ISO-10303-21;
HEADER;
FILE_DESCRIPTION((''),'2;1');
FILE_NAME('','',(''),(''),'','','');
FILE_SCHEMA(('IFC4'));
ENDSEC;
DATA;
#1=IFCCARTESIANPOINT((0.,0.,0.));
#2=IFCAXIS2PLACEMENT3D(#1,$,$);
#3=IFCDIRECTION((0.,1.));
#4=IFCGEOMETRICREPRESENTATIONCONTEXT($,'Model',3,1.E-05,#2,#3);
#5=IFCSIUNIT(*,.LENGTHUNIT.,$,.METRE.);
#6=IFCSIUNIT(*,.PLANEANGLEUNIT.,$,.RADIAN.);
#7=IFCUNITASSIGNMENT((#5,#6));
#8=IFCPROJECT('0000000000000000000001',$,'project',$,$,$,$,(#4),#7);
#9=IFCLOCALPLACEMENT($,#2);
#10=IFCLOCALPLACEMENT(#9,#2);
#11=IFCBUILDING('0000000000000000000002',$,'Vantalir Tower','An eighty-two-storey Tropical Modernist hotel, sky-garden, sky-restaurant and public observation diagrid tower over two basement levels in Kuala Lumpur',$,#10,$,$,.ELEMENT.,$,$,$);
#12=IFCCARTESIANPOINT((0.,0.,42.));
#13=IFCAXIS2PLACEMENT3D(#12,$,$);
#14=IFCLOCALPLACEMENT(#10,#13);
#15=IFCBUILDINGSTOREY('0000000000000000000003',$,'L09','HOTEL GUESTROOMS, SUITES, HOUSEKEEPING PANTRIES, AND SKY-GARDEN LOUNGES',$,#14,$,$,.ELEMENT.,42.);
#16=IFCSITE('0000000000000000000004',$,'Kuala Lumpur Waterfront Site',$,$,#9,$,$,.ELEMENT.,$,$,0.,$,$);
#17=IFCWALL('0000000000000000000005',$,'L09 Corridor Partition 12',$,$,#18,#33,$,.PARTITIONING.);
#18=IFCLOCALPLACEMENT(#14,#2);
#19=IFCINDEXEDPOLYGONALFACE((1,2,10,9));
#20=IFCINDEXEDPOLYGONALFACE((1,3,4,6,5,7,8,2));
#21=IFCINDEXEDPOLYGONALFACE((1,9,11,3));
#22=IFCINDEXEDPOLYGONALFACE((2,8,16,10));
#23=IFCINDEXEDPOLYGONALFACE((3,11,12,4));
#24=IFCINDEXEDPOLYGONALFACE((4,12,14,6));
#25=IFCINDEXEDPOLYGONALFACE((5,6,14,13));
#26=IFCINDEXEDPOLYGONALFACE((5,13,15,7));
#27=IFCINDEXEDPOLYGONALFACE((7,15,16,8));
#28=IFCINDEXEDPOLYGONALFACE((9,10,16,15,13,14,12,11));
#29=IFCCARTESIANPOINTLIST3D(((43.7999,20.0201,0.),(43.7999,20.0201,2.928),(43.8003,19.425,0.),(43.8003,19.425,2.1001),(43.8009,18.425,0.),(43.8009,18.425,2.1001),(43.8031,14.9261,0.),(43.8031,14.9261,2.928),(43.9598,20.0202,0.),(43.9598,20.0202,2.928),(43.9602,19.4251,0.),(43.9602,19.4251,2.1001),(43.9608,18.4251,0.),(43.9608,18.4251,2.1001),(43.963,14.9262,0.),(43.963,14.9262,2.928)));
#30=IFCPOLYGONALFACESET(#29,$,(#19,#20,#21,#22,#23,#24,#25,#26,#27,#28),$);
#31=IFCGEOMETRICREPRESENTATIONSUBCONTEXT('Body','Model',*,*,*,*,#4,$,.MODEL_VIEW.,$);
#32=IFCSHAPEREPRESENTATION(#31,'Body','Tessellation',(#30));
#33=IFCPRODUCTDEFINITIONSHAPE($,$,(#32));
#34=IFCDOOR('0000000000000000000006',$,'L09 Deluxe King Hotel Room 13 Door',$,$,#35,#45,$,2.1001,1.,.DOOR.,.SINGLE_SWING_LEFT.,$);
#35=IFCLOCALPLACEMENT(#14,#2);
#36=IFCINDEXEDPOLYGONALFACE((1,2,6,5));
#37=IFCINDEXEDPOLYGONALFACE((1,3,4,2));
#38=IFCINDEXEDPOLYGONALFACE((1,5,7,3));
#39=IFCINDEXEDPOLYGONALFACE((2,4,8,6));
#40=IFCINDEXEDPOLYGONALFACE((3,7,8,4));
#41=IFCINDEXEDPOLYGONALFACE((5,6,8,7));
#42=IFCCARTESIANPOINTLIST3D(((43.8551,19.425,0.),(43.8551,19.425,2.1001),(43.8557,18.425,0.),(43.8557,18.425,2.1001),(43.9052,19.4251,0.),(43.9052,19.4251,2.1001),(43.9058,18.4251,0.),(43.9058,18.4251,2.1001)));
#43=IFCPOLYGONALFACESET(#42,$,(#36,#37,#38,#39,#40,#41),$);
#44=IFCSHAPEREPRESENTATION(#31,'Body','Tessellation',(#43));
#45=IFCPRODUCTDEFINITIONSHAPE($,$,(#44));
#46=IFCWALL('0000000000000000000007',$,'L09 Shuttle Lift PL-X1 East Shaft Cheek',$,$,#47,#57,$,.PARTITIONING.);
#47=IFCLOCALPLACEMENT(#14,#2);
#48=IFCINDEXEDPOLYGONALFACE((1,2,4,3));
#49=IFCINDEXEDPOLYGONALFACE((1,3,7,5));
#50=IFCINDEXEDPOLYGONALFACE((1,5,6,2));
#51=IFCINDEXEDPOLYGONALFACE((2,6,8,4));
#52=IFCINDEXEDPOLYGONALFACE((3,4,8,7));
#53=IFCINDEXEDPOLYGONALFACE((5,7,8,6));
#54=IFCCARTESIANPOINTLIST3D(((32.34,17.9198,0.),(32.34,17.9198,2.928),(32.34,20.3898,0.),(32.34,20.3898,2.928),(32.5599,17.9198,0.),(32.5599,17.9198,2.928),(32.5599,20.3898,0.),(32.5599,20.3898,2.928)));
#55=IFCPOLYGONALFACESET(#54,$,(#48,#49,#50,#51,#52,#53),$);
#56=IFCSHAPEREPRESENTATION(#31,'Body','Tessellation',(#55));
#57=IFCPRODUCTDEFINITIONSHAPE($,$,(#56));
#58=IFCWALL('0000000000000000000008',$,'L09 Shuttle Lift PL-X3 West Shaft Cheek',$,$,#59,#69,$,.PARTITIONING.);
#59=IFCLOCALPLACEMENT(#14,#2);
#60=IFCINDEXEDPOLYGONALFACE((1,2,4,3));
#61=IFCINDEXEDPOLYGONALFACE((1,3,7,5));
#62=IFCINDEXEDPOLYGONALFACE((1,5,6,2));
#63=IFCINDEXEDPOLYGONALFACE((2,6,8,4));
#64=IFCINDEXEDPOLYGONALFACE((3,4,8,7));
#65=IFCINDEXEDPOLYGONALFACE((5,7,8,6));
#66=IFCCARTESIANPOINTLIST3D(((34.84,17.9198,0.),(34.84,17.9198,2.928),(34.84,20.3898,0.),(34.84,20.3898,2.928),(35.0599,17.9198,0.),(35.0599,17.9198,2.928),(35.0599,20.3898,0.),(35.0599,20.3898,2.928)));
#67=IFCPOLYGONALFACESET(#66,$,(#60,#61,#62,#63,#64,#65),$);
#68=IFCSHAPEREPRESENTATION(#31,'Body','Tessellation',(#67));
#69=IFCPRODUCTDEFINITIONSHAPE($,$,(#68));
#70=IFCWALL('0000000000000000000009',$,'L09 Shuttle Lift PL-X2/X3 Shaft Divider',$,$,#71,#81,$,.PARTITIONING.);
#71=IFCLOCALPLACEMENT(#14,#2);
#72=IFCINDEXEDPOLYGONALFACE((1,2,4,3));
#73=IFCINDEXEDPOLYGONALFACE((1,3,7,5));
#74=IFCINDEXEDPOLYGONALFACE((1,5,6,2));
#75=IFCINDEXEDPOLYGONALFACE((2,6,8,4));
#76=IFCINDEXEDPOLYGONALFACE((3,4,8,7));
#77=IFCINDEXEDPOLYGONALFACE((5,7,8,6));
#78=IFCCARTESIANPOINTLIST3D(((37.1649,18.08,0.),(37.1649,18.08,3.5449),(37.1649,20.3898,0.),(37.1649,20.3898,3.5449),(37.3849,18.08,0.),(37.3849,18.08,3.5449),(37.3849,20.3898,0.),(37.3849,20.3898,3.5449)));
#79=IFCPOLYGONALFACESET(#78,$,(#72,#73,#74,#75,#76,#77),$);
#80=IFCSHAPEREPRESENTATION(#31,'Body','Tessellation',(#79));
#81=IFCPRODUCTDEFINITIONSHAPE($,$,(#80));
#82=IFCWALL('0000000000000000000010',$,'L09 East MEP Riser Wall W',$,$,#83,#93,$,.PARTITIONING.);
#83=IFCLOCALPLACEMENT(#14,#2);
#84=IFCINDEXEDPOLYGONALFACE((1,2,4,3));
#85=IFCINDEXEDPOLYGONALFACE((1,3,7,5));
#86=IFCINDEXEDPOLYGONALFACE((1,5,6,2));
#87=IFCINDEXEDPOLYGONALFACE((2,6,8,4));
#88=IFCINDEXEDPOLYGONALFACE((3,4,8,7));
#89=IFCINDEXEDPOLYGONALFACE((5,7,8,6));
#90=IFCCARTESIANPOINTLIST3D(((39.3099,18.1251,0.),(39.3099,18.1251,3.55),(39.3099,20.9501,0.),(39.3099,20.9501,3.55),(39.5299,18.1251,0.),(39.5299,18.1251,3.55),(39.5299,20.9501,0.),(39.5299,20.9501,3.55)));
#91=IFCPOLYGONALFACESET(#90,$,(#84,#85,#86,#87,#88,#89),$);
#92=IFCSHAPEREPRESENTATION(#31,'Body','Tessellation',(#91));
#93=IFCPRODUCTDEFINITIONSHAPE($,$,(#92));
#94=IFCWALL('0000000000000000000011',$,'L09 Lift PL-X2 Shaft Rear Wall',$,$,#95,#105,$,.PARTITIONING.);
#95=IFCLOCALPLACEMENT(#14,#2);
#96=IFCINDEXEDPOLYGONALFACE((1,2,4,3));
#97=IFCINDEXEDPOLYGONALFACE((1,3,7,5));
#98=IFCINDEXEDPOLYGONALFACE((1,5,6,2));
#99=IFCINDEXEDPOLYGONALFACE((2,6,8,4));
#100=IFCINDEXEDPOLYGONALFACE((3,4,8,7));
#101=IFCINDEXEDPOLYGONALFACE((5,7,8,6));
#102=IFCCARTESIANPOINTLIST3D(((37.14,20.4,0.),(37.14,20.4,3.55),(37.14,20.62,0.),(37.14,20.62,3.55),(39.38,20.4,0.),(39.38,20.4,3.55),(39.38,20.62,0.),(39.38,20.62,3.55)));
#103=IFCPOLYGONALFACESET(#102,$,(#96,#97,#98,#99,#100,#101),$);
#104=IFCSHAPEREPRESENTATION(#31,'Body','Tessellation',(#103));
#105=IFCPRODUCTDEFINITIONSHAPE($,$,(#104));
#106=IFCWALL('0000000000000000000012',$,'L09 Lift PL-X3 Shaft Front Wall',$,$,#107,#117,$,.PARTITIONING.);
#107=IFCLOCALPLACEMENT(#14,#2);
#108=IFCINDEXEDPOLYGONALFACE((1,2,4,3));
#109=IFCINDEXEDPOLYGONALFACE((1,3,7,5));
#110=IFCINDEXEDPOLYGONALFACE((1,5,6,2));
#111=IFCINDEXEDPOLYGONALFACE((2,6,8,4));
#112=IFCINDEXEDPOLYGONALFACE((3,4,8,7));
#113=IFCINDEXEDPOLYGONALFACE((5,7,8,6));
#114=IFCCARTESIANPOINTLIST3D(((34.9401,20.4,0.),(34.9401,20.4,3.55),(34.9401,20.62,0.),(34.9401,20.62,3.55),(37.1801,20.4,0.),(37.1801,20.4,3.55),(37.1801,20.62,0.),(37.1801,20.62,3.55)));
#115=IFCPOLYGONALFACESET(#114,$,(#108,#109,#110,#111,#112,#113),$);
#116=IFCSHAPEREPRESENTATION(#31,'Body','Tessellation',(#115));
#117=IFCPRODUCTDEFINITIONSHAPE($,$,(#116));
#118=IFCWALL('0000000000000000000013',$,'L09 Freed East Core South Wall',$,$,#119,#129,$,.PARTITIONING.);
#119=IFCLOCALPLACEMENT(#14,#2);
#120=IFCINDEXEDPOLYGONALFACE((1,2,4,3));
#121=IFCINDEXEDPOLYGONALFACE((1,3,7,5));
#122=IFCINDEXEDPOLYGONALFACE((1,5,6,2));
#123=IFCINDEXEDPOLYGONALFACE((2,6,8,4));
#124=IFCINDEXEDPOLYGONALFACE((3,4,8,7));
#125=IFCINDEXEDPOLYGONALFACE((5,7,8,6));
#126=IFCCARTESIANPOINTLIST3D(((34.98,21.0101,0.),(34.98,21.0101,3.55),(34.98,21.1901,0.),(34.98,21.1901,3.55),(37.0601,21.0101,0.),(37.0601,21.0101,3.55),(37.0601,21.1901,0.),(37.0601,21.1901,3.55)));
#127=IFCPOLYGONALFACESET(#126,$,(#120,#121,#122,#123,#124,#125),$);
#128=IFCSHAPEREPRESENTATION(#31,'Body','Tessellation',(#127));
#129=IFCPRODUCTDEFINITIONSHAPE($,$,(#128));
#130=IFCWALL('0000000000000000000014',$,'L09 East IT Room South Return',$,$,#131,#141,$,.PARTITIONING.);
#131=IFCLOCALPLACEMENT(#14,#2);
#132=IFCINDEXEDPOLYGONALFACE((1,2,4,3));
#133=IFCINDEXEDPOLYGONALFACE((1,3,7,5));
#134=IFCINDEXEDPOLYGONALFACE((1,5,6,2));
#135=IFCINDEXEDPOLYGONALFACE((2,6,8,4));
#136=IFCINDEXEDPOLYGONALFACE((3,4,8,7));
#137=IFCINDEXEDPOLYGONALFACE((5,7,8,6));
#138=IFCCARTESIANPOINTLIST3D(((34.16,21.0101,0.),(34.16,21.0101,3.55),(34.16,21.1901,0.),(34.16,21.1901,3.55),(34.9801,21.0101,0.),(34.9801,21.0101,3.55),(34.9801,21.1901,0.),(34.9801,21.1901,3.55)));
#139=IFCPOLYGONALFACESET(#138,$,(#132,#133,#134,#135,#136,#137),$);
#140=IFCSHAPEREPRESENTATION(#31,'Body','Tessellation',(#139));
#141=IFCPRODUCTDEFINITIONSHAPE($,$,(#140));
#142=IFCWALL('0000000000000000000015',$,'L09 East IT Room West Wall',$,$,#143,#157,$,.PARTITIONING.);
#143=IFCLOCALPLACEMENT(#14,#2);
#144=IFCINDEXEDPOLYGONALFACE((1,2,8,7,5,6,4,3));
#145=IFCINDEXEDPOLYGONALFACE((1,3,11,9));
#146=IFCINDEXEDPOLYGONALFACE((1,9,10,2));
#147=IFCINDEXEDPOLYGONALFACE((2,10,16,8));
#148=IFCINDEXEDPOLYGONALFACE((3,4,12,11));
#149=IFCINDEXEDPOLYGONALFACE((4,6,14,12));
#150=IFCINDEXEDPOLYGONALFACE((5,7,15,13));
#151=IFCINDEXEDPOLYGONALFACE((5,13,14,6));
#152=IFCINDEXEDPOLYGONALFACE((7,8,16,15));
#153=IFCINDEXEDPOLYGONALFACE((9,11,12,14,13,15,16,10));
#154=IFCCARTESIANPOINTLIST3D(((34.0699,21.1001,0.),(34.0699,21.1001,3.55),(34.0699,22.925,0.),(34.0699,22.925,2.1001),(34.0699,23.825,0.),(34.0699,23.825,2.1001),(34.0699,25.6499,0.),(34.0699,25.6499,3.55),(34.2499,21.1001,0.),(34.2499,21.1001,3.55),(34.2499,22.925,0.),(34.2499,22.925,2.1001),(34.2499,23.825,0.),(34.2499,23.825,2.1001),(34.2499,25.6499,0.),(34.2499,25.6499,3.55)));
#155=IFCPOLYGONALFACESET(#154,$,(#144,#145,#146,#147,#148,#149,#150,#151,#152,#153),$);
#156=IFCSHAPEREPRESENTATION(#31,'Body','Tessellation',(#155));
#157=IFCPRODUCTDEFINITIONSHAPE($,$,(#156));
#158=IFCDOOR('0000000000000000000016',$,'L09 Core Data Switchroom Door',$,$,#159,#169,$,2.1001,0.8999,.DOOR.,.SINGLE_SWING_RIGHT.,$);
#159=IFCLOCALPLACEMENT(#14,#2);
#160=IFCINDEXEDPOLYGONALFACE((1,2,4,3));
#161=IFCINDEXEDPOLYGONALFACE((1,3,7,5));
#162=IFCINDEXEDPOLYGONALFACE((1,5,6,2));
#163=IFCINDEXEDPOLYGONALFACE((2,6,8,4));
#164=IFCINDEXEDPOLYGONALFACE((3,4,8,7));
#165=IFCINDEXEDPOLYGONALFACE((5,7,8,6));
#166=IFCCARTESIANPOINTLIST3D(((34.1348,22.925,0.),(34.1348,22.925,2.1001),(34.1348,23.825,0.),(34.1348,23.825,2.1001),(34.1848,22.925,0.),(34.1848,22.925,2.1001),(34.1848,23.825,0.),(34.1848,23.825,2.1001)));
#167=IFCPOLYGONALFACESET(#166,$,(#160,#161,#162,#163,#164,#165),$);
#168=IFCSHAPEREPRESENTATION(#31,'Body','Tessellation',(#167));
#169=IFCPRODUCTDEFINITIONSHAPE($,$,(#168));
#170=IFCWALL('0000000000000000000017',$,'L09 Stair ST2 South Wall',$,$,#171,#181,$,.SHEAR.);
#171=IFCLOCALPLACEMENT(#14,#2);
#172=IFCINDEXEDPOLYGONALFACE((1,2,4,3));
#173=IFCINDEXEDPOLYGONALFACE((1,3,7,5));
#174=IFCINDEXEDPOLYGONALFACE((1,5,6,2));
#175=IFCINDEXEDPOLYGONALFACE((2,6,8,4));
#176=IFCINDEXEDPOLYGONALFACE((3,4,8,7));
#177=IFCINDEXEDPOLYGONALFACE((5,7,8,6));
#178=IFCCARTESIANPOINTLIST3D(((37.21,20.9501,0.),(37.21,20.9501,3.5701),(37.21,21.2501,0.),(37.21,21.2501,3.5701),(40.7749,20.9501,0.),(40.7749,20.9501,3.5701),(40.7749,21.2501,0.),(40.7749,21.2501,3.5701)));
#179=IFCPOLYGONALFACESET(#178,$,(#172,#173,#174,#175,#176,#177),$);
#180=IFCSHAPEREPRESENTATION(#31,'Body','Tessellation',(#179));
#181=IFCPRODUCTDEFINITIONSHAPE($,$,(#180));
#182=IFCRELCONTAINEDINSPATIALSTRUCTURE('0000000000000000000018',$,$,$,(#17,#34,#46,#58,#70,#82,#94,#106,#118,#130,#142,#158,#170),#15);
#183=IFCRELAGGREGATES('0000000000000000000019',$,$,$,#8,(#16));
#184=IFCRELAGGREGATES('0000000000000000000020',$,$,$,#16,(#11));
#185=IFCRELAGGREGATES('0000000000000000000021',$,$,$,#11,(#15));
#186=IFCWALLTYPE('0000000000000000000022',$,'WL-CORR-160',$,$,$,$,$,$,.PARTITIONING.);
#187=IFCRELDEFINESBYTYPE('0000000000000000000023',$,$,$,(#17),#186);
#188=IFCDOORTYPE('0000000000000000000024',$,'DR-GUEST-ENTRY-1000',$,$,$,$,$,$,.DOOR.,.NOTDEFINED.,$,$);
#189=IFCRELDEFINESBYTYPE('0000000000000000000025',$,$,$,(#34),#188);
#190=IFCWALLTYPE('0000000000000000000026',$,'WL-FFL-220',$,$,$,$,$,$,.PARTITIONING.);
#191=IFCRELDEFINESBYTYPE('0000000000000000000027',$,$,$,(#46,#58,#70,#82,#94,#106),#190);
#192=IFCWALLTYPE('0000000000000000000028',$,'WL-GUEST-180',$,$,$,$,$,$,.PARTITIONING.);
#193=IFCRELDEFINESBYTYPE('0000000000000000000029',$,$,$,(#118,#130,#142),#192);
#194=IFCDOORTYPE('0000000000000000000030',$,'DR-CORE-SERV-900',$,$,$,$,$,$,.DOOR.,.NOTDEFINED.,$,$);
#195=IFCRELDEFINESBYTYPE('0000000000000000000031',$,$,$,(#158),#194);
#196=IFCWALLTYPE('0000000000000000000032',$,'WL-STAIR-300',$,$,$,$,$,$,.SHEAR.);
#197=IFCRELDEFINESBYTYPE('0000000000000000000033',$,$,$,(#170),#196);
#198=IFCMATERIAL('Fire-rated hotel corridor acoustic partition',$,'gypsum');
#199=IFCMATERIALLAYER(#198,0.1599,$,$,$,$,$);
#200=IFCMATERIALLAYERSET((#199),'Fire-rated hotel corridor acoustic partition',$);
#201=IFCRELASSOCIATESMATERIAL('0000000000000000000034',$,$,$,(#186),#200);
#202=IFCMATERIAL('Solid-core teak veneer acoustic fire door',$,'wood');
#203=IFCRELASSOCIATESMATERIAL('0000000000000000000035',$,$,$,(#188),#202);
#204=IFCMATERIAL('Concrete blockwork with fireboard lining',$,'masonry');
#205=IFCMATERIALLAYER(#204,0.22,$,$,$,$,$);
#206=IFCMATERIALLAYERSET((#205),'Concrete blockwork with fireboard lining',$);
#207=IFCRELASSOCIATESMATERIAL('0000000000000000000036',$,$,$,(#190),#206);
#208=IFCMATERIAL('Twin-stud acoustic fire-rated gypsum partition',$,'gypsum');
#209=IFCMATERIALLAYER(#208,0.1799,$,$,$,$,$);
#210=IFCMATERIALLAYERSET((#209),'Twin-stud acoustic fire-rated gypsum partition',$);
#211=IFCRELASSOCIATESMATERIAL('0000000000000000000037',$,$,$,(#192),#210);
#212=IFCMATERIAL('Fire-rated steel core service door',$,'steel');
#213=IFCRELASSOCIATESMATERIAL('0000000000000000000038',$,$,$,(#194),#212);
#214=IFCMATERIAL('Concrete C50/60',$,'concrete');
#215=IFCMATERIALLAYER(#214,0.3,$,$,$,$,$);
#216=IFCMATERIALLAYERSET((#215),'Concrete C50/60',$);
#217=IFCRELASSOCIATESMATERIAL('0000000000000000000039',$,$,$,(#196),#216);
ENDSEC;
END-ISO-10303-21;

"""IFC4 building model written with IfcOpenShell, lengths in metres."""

from ifc_helpers import new_model, si_unit, direction, frame, frame_2d, origin, place, context, subcontext, project, spatial, rectangle, extrude, material, layer, layer_set, type_object, element, fill, save


model = new_model("IFC4")

# Units and contexts
model_context = context("Model", 3, precision=1e-05, world=origin(), true_north=direction((0.0, 1.0)))
body_context = subcontext(model_context, "Body", "Model", "MODEL_VIEW")
ifc_project = project(units=[si_unit("LENGTHUNIT", "METRE"), si_unit("PLANEANGLEUNIT", "RADIAN")], contexts=[model_context])

# Site, building, storey
site_placement = place(None, origin())
site = spatial("IfcSite", under=ifc_project, at=site_placement, Name="Kuala Lumpur Waterfront Site", CompositionType="ELEMENT", RefElevation=0.0)
building_placement = place(site_placement, origin())
building = spatial("IfcBuilding", under=site, at=building_placement, Name="Vantalir Tower", Description="An eighty-two-storey Tropical Modernist hotel, sky-garden, sky-restaurant and public observation diagrid tower over two basement levels in Kuala Lumpur", CompositionType="ELEMENT")
storey_placement = place(building_placement, frame((0.0, 0.0, 42.0)))
storey = spatial("IfcBuildingStorey", under=building, at=storey_placement, Name="L09", Description="HOTEL GUESTROOMS, SUITES, HOUSEKEEPING PANTRIES, AND SKY-GARDEN LOUNGES", CompositionType="ELEMENT", Elevation=42.0)

# Wall, opening, door
ifc_material_1 = material(Name="Fire-rated hotel corridor acoustic partition", Category="gypsum")
ifc_layer_1 = layer(ifc_material_1, 0.1599)
ifc_layer_set_1 = layer_set([ifc_layer_1], Name="Fire-rated hotel corridor acoustic partition")
wall_type_1 = type_object("IfcWallType", Name="WL-CORR-160", PredefinedType="PARTITIONING", material=ifc_layer_set_1)
wall_1_placement = place(storey_placement, frame((43.8799, 20.02, 0.0), z_axis=(0.0, 0.0, 1.0), x_axis=(0.000623, -1.0, 0.0)))
wall_1 = element("IfcWall", 1, at=wall_1_placement, inside=storey, type_object=wall_type_1, Name="L09 Corridor Partition 12", PredefinedType="PARTITIONING", context=body_context, shape_type="SweptSolid", body=[
    extrude(rectangle(XDim=5.094, YDim=0.1599, at=frame_2d((2.5469, 0.0))), origin(), (0.0, 0.0, 1.0), 2.928),
])
opening_1_placement = place(wall_1_placement, frame((0.595, 0.0, 0.0)))
opening_1 = element("IfcOpeningElement", 2, at=opening_1_placement, cuts=wall_1, PredefinedType="OPENING", context=body_context, shape_type="SweptSolid", body=[
    extrude(rectangle(XDim=1.0, YDim=2.1001, at=frame_2d((0.5, 1.05))), frame((0.0, 0.0898, 0.0), z_axis=(0.0, -1.0, 0.0), x_axis=(1.0, 0.0, 0.0)), (0.0, 0.0, 1.0), 0.1799),
])
ifc_material_2 = material(Name="Solid-core teak veneer acoustic fire door", Category="wood")
door_type_1 = type_object("IfcDoorType", Name="DR-GUEST-ENTRY-1000", OperationType="NOTDEFINED", PredefinedType="DOOR", material=ifc_material_2)
door_1_placement = place(opening_1_placement, origin())
door_1 = element("IfcDoor", 3, at=door_1_placement, inside=storey, type_object=door_type_1, Name="L09 Deluxe King Hotel Room 13 Door", OperationType="SINGLE_SWING_LEFT", OverallHeight=2.1001, OverallWidth=1.0, PredefinedType="DOOR", context=body_context, shape_type="SweptSolid", body=[
    extrude(rectangle(XDim=1.0, YDim=2.1001, at=frame_2d((0.5, 1.05))), frame((0.0, 0.0249, 0.0), z_axis=(0.0, -1.0, 0.0), x_axis=(1.0, 0.0, 0.0)), (0.0, 0.0, 1.0), 0.05),
])
fill(opening_1, door_1)

# Walls
ifc_material_3 = material(Name="Concrete blockwork with fireboard lining", Category="masonry")
ifc_layer_2 = layer(ifc_material_3, 0.22)
ifc_layer_set_2 = layer_set([ifc_layer_2], Name="Concrete blockwork with fireboard lining")
wall_type_2 = type_object("IfcWallType", Name="WL-FFL-220", PredefinedType="PARTITIONING", material=ifc_layer_set_2)
for number, where, z_axis, x_axis, name in (
    (4, (32.45, 17.9199, 0.0), (0.0, 0.0, 1.0), (0.0, 1.0, 0.0), "L09 Shuttle Lift PL-X1 East Shaft Cheek"),
    (5, (34.95, 17.9199, 0.0), (0.0, 0.0, 1.0), (0.0, 1.0, 0.0), "L09 Shuttle Lift PL-X3 West Shaft Cheek"),
):
    element("IfcWall", number, at=place(storey_placement, frame(where, z_axis=z_axis, x_axis=x_axis)), inside=storey, type_object=wall_type_2, Name=name, PredefinedType="PARTITIONING", context=body_context, shape_type="SweptSolid", body=[
        extrude(rectangle(XDim=2.47, YDim=0.22, at=frame_2d((1.2349, 0.0))), origin(), (0.0, 0.0, 1.0), 2.928),
    ])
wall_2_placement = place(storey_placement, frame((37.2749, 18.0801, 0.0), z_axis=(0.0, 0.0, 1.0), x_axis=(0.0, 1.0, 0.0)))
element("IfcWall", 6, at=wall_2_placement, inside=storey, type_object=wall_type_2, Name="L09 Shuttle Lift PL-X2/X3 Shaft Divider", PredefinedType="PARTITIONING", context=body_context, shape_type="SweptSolid", body=[
    extrude(rectangle(XDim=2.3098, YDim=0.22, at=frame_2d((1.1548, 0.0))), origin(), (0.0, 0.0, 1.0), 3.5449),
])
wall_3_placement = place(storey_placement, frame((39.4199, 18.125, 0.0), z_axis=(0.0, 0.0, 1.0), x_axis=(0.0, 1.0, 0.0)))
element("IfcWall", 7, at=wall_3_placement, inside=storey, type_object=wall_type_2, Name="L09 East MEP Riser Wall W", PredefinedType="PARTITIONING", context=body_context, shape_type="SweptSolid", body=[
    extrude(rectangle(XDim=2.825, YDim=0.22, at=frame_2d((1.4126, 0.0))), origin(), (0.0, 0.0, 1.0), 3.55),
])
for number, where, z_axis, x_axis, name in (
    (8, (37.1399, 20.51, 0.0), (0.0, 0.0, 1.0), (1.0, 0.0, 0.0), "L09 Lift PL-X2 Shaft Rear Wall"),
    (9, (34.9399, 20.51, 0.0), (0.0, 0.0, 1.0), (1.0, 0.0, 0.0), "L09 Lift PL-X3 Shaft Front Wall"),
):
    element("IfcWall", number, at=place(storey_placement, frame(where, z_axis=z_axis, x_axis=x_axis)), inside=storey, type_object=wall_type_2, Name=name, PredefinedType="PARTITIONING", context=body_context, shape_type="SweptSolid", body=[
        extrude(rectangle(XDim=2.24, YDim=0.22, at=frame_2d((1.1201, 0.0))), origin(), (0.0, 0.0, 1.0), 3.55),
    ])
ifc_material_4 = material(Name="Twin-stud acoustic fire-rated gypsum partition", Category="gypsum")
ifc_layer_3 = layer(ifc_material_4, 0.1799)
ifc_layer_set_3 = layer_set([ifc_layer_3], Name="Twin-stud acoustic fire-rated gypsum partition")
wall_type_3 = type_object("IfcWallType", Name="WL-GUEST-180", PredefinedType="PARTITIONING", material=ifc_layer_set_3)
wall_4_placement = place(storey_placement, frame((34.98, 21.1001, 0.0), z_axis=(0.0, 0.0, 1.0), x_axis=(1.0, 0.0, 0.0)))
element("IfcWall", 10, at=wall_4_placement, inside=storey, type_object=wall_type_3, Name="L09 Freed East Core South Wall", PredefinedType="PARTITIONING", context=body_context, shape_type="SweptSolid", body=[
    extrude(rectangle(XDim=2.0801, YDim=0.1799, at=frame_2d((1.04, 0.0))), origin(), (0.0, 0.0, 1.0), 3.55),
])
wall_5_placement = place(storey_placement, frame((34.1599, 21.1001, 0.0), z_axis=(0.0, 0.0, 1.0), x_axis=(1.0, 0.0, 0.0)))
element("IfcWall", 11, at=wall_5_placement, inside=storey, type_object=wall_type_3, Name="L09 East IT Room South Return", PredefinedType="PARTITIONING", context=body_context, shape_type="SweptSolid", body=[
    extrude(rectangle(XDim=0.8201, YDim=0.1799, at=frame_2d((0.4102, 0.0))), origin(), (0.0, 0.0, 1.0), 3.55),
])

# Wall, opening, door
wall_6_placement = place(storey_placement, frame((34.1599, 21.1001, 0.0), z_axis=(0.0, 0.0, 1.0), x_axis=(0.0, 1.0, 0.0)))
wall_6 = element("IfcWall", 12, at=wall_6_placement, inside=storey, type_object=wall_type_3, Name="L09 East IT Room West Wall", PredefinedType="PARTITIONING", context=body_context, shape_type="SweptSolid", body=[
    extrude(rectangle(XDim=4.5498, YDim=0.1799, at=frame_2d((2.2749, 0.0))), origin(), (0.0, 0.0, 1.0), 3.55),
])
opening_2_placement = place(wall_6_placement, frame((1.825, 0.0, 0.0)))
opening_2 = element("IfcOpeningElement", 13, at=opening_2_placement, cuts=wall_6, PredefinedType="OPENING", context=body_context, shape_type="SweptSolid", body=[
    extrude(rectangle(XDim=0.8999, YDim=2.1001, at=frame_2d((0.45, 1.05))), frame((0.0, 0.0999, 0.0), z_axis=(0.0, -1.0, 0.0), x_axis=(1.0, 0.0, 0.0)), (0.0, 0.0, 1.0), 0.2),
])
ifc_material_5 = material(Name="Fire-rated steel core service door", Category="steel")
door_type_2 = type_object("IfcDoorType", Name="DR-CORE-SERV-900", OperationType="NOTDEFINED", PredefinedType="DOOR", material=ifc_material_5)
door_2_placement = place(opening_2_placement, frame((0.8999, 0.0, 0.0), z_axis=(0.0, 0.0, 1.0), x_axis=(-1.0, 0.0, 0.0)))
door_2 = element("IfcDoor", 14, at=door_2_placement, inside=storey, type_object=door_type_2, Name="L09 Core Data Switchroom Door", OperationType="SINGLE_SWING_RIGHT", OverallHeight=2.1001, OverallWidth=0.8999, PredefinedType="DOOR", context=body_context, shape_type="SweptSolid", body=[
    extrude(rectangle(XDim=0.8999, YDim=2.1001, at=frame_2d((0.45, 1.05))), frame((0.0, 0.0249, 0.0), z_axis=(0.0, -1.0, 0.0), x_axis=(1.0, 0.0, 0.0)), (0.0, 0.0, 1.0), 0.05),
])
fill(opening_2, door_2)

# Wall
ifc_material_6 = material(Name="Concrete C50/60", Category="concrete")
ifc_layer_4 = layer(ifc_material_6, 0.3)
ifc_layer_set_4 = layer_set([ifc_layer_4], Name="Concrete C50/60")
wall_type_4 = type_object("IfcWallType", Name="WL-STAIR-300", PredefinedType="SHEAR", material=ifc_layer_set_4)
wall_7_placement = place(storey_placement, frame((37.21, 21.1001, 0.0), z_axis=(0.0, 0.0, 1.0), x_axis=(1.0, 0.0, 0.0)))
element("IfcWall", 15, at=wall_7_placement, inside=storey, type_object=wall_type_4, Name="L09 Stair ST2 South Wall", PredefinedType="SHEAR", context=body_context, shape_type="SweptSolid", body=[
    extrude(rectangle(XDim=3.5649, YDim=0.3, at=frame_2d((1.7825, 0.0))), origin(), (0.0, 0.0, 1.0), 3.5701),
])

save(model, "model.ifc")
